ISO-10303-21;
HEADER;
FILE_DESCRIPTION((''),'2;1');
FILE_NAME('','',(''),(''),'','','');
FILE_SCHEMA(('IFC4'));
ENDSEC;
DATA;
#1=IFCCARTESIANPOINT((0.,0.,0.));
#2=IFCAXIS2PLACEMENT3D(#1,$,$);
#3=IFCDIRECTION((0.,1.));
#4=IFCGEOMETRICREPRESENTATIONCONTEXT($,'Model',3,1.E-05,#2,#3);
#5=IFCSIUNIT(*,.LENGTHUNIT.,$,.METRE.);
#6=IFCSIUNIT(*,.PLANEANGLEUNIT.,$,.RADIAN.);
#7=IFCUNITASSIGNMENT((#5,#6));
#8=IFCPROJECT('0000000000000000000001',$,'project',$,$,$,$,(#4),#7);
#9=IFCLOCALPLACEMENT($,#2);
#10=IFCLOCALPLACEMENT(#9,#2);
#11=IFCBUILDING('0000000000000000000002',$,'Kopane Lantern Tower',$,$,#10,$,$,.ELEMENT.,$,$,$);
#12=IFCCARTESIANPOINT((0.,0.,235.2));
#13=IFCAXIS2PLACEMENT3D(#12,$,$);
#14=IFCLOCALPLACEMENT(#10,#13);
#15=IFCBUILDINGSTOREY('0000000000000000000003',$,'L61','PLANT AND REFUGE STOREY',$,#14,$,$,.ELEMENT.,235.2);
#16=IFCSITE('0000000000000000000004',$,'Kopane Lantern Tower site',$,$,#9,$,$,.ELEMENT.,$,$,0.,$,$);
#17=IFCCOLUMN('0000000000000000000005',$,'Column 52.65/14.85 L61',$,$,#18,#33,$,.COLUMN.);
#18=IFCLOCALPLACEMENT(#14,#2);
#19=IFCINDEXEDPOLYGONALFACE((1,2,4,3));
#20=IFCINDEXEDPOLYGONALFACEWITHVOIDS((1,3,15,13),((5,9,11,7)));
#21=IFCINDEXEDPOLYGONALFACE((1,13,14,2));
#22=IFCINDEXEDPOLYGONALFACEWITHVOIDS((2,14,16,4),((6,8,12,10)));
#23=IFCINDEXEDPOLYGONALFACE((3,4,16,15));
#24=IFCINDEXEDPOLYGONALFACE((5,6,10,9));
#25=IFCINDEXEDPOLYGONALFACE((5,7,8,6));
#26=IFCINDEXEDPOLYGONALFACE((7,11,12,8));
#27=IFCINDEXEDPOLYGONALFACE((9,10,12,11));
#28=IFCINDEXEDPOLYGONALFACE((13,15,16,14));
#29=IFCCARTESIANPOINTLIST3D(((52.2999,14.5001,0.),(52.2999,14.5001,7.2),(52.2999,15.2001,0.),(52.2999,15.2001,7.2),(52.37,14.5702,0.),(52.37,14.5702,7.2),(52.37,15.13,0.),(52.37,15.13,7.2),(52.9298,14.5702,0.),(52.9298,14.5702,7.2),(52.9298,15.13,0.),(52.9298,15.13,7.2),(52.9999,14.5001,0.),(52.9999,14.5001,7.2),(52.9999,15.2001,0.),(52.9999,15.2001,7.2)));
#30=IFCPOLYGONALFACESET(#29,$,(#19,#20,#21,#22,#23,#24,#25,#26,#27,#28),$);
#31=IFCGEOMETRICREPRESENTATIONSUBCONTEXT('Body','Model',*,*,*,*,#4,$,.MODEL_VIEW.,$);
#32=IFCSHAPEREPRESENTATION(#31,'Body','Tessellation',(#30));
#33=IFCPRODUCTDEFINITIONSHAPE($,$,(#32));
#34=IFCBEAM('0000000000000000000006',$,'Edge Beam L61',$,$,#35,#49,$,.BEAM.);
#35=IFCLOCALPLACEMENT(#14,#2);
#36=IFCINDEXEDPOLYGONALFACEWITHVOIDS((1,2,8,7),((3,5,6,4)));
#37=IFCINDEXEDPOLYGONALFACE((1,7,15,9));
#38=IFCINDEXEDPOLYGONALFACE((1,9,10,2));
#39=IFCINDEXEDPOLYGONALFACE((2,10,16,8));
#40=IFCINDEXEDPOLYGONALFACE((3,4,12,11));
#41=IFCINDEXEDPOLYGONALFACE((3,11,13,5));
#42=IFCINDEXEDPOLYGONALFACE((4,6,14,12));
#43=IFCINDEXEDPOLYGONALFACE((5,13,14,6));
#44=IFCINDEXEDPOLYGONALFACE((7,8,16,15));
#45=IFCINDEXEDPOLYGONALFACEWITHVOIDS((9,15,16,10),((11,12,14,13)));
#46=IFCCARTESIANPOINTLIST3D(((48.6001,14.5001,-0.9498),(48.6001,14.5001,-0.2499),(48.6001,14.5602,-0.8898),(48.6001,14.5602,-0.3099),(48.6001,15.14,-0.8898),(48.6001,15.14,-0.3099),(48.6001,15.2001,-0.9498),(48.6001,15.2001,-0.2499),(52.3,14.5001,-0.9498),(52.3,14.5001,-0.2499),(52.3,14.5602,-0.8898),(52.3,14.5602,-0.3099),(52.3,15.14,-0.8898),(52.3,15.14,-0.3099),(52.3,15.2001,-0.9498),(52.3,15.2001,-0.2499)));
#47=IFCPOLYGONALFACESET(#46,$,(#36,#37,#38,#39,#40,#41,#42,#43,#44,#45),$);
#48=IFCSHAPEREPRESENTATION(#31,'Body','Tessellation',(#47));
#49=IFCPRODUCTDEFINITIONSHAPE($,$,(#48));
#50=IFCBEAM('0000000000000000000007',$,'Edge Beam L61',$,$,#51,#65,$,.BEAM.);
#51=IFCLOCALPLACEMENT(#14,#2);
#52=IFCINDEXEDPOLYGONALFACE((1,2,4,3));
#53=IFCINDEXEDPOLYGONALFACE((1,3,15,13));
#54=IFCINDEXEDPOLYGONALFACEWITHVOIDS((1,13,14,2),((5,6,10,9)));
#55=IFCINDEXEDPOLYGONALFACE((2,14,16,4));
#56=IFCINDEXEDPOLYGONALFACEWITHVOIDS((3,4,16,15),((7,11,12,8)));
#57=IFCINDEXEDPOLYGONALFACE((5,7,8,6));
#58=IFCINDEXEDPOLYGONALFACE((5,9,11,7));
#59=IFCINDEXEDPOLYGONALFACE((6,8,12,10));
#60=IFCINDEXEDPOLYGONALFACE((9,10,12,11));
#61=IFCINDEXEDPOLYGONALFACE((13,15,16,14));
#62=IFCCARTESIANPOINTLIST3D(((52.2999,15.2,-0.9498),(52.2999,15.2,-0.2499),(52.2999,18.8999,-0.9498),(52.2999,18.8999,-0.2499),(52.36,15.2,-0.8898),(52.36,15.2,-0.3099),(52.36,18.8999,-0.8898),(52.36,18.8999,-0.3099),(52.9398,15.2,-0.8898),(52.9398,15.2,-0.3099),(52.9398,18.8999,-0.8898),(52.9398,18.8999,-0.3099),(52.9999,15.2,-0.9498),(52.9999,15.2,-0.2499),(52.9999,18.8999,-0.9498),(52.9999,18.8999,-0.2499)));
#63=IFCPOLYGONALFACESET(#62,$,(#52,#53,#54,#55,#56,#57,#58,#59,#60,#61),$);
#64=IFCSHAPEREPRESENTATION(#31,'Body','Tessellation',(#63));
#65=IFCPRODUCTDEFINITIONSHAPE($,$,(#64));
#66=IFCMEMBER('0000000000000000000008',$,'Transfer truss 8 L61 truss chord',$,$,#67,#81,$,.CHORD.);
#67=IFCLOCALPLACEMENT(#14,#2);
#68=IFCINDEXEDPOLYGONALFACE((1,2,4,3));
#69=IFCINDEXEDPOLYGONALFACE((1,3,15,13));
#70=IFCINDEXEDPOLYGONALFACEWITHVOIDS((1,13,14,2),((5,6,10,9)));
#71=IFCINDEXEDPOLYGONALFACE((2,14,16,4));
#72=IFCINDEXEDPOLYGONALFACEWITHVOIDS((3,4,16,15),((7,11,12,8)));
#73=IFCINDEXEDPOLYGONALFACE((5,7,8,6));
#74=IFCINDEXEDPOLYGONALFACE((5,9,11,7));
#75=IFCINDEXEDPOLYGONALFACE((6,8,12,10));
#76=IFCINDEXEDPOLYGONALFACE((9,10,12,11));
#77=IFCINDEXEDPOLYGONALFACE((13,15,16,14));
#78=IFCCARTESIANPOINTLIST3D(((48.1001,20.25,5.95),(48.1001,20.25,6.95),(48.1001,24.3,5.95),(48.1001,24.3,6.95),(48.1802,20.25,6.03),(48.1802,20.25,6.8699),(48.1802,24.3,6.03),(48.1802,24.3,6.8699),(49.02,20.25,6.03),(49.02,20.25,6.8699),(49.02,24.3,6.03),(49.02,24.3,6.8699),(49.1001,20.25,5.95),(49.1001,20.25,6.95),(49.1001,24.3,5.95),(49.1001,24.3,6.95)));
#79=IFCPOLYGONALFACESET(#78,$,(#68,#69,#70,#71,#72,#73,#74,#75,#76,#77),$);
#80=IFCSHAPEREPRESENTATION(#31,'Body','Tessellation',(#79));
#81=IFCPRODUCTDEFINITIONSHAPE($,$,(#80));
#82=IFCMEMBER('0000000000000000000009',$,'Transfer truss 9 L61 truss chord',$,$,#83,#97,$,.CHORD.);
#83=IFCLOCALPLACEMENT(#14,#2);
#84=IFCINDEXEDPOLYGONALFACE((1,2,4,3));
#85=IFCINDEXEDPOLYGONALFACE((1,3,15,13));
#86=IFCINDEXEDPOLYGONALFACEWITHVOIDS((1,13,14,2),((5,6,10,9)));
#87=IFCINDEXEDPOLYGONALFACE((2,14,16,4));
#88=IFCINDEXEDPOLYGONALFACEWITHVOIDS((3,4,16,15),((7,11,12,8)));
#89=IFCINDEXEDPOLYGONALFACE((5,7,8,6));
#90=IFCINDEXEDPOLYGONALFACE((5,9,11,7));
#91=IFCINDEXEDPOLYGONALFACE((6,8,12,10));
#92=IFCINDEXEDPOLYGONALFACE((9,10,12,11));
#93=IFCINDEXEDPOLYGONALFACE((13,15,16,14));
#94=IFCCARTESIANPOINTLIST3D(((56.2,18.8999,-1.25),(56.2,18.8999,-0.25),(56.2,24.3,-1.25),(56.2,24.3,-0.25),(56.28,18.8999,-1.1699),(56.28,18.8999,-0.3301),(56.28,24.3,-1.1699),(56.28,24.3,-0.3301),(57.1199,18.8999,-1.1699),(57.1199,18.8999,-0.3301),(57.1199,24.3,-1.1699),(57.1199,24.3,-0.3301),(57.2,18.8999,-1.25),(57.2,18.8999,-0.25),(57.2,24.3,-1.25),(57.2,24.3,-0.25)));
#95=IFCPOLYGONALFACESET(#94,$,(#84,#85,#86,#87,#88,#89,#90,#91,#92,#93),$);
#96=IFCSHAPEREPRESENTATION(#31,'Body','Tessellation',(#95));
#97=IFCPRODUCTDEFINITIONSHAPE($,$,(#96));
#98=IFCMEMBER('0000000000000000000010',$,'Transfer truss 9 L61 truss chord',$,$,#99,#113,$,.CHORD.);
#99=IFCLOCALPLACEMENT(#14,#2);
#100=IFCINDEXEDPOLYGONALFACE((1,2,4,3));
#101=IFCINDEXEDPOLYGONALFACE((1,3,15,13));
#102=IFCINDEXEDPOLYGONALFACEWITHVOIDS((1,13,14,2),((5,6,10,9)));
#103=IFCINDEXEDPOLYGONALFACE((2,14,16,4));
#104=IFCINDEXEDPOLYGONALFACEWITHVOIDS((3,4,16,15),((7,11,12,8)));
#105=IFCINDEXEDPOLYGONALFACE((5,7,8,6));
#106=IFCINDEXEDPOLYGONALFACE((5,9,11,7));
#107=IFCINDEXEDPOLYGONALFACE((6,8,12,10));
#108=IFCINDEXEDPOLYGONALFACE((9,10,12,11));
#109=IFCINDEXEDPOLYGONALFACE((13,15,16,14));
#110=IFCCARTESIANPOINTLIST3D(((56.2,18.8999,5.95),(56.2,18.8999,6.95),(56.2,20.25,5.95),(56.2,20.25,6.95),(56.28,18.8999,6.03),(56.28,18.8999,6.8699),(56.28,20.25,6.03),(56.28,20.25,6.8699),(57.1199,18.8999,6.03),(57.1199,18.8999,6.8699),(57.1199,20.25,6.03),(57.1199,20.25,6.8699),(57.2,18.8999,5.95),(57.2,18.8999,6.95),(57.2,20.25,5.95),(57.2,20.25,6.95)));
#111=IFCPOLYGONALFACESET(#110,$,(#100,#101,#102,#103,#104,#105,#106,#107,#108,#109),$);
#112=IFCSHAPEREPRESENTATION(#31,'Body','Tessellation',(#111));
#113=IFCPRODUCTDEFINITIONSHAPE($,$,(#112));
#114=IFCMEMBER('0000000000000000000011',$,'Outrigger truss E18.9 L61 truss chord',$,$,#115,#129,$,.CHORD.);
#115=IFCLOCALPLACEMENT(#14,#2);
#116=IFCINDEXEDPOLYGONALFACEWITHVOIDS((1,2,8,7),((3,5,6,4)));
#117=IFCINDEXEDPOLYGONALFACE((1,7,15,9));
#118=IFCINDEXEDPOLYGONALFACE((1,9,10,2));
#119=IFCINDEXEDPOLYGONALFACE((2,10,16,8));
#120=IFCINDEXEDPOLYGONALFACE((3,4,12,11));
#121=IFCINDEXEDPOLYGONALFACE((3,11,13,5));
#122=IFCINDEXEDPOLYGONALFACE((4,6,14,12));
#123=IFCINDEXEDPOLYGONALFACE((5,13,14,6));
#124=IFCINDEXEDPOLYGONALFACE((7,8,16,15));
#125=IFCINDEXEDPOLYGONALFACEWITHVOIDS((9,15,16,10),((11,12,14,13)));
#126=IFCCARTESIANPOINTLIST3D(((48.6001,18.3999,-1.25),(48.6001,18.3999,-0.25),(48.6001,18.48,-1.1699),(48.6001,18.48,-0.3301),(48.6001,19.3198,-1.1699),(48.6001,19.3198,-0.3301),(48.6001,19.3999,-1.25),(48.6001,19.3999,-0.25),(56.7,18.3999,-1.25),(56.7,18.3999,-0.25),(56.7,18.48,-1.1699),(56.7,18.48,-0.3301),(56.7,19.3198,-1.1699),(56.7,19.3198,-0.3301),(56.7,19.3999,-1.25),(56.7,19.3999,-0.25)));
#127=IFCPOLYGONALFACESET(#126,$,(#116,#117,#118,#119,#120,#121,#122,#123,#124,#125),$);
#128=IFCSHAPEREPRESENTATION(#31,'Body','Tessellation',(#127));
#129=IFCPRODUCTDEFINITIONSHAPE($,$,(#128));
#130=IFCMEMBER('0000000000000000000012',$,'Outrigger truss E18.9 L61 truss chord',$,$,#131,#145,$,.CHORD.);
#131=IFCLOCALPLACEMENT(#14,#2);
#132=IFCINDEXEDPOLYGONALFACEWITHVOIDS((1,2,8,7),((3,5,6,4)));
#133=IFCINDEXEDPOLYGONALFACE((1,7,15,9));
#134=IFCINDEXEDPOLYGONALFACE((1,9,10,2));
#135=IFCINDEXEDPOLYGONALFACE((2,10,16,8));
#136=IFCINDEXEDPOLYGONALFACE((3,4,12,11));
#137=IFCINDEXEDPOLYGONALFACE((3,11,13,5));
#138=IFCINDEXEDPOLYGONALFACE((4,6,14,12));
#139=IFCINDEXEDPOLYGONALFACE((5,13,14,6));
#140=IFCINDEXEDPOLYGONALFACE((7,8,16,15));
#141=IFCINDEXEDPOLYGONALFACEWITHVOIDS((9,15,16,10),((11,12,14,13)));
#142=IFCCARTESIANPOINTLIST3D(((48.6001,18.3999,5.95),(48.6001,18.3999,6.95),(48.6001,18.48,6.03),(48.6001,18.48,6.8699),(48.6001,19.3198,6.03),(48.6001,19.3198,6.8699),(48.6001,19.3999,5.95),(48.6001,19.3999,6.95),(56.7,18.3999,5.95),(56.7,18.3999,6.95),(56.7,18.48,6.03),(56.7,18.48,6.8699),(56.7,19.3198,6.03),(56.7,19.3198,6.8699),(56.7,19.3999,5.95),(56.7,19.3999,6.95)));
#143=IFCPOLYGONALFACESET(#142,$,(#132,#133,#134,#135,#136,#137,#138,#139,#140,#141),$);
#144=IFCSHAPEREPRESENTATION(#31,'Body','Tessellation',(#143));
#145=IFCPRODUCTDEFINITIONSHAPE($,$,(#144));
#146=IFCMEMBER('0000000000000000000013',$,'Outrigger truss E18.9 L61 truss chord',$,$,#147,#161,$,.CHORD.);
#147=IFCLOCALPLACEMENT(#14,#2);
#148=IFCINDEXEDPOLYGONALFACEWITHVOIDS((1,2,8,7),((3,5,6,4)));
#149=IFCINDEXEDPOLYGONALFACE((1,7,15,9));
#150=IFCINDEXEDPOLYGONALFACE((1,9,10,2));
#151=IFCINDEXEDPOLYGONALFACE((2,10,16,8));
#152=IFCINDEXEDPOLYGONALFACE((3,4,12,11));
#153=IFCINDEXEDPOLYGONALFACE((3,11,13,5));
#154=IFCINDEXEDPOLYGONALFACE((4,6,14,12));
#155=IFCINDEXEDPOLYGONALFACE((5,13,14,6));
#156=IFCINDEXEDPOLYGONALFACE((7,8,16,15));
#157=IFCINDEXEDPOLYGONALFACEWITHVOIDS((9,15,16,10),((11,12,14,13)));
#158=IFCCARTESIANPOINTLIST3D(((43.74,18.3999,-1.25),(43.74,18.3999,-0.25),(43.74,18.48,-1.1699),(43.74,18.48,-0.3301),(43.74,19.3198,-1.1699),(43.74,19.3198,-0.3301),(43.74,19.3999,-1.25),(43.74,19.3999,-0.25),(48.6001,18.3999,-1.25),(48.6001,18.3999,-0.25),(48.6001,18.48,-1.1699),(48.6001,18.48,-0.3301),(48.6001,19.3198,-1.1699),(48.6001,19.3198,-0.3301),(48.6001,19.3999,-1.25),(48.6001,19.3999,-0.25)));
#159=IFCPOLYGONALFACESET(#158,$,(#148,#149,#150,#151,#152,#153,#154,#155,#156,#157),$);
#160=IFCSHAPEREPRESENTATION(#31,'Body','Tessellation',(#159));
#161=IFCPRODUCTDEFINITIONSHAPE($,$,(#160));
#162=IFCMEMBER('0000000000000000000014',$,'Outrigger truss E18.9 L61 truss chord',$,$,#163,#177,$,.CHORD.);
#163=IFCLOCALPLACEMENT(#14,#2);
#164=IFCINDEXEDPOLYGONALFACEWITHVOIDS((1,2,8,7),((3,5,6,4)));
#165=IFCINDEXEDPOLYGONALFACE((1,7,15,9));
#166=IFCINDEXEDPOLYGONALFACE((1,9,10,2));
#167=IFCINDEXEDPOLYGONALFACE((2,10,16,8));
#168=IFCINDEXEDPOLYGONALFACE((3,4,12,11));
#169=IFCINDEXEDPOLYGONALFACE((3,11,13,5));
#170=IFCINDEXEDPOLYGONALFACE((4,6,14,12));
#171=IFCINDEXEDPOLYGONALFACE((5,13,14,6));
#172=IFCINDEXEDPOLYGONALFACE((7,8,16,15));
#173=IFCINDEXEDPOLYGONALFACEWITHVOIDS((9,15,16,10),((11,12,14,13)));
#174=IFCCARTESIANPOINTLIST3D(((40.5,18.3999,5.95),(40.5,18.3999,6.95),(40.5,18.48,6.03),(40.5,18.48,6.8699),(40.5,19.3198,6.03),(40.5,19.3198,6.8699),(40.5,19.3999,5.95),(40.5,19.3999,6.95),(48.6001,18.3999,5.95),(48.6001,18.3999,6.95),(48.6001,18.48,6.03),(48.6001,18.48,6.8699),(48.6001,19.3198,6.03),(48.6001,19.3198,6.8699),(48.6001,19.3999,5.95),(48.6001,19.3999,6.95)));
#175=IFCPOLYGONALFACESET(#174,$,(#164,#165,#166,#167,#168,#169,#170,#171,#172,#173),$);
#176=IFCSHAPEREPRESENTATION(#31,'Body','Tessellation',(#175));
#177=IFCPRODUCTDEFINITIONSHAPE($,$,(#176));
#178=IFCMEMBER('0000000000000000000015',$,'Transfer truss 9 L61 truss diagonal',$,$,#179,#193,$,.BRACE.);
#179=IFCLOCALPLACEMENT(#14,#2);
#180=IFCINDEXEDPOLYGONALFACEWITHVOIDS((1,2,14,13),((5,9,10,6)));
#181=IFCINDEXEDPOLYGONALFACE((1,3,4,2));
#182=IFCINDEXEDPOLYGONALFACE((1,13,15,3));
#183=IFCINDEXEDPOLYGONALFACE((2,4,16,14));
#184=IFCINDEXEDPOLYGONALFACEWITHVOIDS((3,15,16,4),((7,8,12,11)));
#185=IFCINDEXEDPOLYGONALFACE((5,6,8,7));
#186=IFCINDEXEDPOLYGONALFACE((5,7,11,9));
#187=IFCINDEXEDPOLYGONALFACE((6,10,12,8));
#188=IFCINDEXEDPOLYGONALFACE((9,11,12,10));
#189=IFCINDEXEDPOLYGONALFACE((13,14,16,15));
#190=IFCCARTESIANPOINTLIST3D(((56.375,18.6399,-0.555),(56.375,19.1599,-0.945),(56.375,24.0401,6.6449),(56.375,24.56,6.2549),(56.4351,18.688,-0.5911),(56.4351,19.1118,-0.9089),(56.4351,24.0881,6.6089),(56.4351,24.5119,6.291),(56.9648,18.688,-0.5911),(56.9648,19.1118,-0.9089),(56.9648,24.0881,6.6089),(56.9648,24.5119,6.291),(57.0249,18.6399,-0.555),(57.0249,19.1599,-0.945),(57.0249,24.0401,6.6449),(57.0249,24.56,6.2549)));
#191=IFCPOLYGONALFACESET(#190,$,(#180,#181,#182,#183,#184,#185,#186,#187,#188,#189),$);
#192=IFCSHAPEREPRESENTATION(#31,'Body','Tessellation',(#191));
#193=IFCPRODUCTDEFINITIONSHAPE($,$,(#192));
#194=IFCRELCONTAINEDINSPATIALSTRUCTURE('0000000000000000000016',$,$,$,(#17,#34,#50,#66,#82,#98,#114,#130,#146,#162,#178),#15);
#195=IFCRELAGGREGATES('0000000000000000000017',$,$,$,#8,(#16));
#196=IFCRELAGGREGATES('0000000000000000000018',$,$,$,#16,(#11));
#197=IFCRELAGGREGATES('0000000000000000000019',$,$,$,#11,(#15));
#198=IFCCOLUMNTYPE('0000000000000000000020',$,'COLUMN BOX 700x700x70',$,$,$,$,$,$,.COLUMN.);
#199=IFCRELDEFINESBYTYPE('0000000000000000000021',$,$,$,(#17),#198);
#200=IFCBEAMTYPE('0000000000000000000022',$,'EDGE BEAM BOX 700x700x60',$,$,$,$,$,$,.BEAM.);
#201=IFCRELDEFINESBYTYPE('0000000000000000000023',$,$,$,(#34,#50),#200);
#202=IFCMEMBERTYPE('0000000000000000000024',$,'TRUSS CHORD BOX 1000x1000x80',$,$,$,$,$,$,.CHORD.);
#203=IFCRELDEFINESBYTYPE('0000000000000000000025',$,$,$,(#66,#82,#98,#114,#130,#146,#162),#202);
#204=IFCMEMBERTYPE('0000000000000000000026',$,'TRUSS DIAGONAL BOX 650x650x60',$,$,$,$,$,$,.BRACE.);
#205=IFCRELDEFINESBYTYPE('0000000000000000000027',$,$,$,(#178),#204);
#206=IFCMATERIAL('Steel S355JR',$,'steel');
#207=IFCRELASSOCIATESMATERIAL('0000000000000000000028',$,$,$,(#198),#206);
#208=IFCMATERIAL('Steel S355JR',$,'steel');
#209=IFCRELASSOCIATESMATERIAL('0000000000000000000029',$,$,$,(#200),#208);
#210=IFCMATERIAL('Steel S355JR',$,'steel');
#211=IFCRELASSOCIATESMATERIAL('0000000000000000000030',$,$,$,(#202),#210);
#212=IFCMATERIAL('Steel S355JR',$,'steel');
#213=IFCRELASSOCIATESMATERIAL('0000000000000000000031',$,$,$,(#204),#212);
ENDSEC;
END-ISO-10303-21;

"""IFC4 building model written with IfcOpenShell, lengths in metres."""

from ifc_helpers import new_model, si_unit, direction, frame, origin, origin_2d, place, context, subcontext, project, spatial, hollow_rectangle, extrude, material, material_profile, profile_set, type_object, element, save


model = new_model("IFC4")

# Units and contexts
model_context = context("Model", 3, precision=1e-05, world=origin(), true_north=direction((0.0, 1.0)))
body_context = subcontext(model_context, "Body", "Model", "MODEL_VIEW")
ifc_project = project(units=[si_unit("LENGTHUNIT", "METRE"), si_unit("PLANEANGLEUNIT", "RADIAN")], contexts=[model_context])

# Site, building, storey
site_placement = place(None, origin())
site = spatial("IfcSite", under=ifc_project, at=site_placement, Name="Kopane Lantern Tower site", CompositionType="ELEMENT", RefElevation=0.0)
building_placement = place(site_placement, origin())
building = spatial("IfcBuilding", under=site, at=building_placement, Name="Kopane Lantern Tower", CompositionType="ELEMENT")
storey_placement = place(building_placement, frame((0.0, 0.0, 235.2)))
storey = spatial("IfcBuildingStorey", under=building, at=storey_placement, Name="L61", Description="PLANT AND REFUGE STOREY", CompositionType="ELEMENT", Elevation=235.2)

# Column
ifc_material_1 = material(Name="Steel S355JR", Category="steel")
ifc_material_profile_1 = material_profile(ifc_material_1, hollow_rectangle(XDim=0.7, YDim=0.7, WallThickness=0.0701, at=origin_2d()), Name="BOX 700x700x70")
ifc_profile_set_1 = profile_set([ifc_material_profile_1], Name="Steel S355JR")
column_type = type_object("IfcColumnType", Name="COLUMN BOX 700x700x70", PredefinedType="COLUMN", material=ifc_profile_set_1)
column_placement = place(storey_placement, frame((52.6499, 14.8501, 0.0), z_axis=(0.0, 0.0, 1.0), x_axis=(1.0, 0.0, 0.0)))
element("IfcColumn", 1, at=column_placement, inside=storey, type_object=column_type, Name="Column 52.65/14.85 L61", PredefinedType="COLUMN", context=body_context, shape_type="SweptSolid", body=[
    extrude(hollow_rectangle(XDim=0.7, YDim=0.7, WallThickness=0.0701, at=origin_2d()), origin(), (0.0, 0.0, 1.0), 7.2),
])

# Beams
ifc_material_2 = material(Name="Steel S355JR", Category="steel")
ifc_material_profile_2 = material_profile(ifc_material_2, hollow_rectangle(XDim=0.7, YDim=0.7, WallThickness=0.0601, at=origin_2d()), Name="BOX 700x700x60")
ifc_profile_set_2 = profile_set([ifc_material_profile_2], Name="Steel S355JR")
beam_type = type_object("IfcBeamType", Name="EDGE BEAM BOX 700x700x60", PredefinedType="BEAM", material=ifc_profile_set_2)
for number, where, z_axis, x_axis, name in (
    (2, (52.3, 14.8501, -0.5999), (-1.0, 0.0, 0.0), (0.0, -1.0, 0.0), "Edge Beam L61"),
    (3, (52.6499, 15.2, -0.5999), (0.0, 1.0, 0.0), (-1.0, 0.0, 0.0), "Edge Beam L61"),
):
    element("IfcBeam", number, at=place(storey_placement, frame(where, z_axis=z_axis, x_axis=x_axis)), inside=storey, type_object=beam_type, Name=name, PredefinedType="BEAM", context=body_context, shape_type="SweptSolid", body=[
        extrude(hollow_rectangle(XDim=0.7, YDim=0.7, WallThickness=0.0601, at=origin_2d()), origin(), (0.0, 0.0, 1.0), 3.7),
    ])

# Members
ifc_material_3 = material(Name="Steel S355JR", Category="steel")
ifc_material_profile_3 = material_profile(ifc_material_3, hollow_rectangle(XDim=1.0, YDim=1.0, WallThickness=0.0801, at=origin_2d()), Name="BOX 1000x1000x80")
ifc_profile_set_3 = profile_set([ifc_material_profile_3], Name="Steel S355JR")
member_type_1 = type_object("IfcMemberType", Name="TRUSS CHORD BOX 1000x1000x80", PredefinedType="CHORD", material=ifc_profile_set_3)
member_1_placement = place(storey_placement, frame((48.6001, 20.25, 6.45), z_axis=(0.0, 1.0, 0.0), x_axis=(-1.0, 0.0, 0.0)))
element("IfcMember", 4, at=member_1_placement, inside=storey, type_object=member_type_1, Name="Transfer truss 8 L61 truss chord", PredefinedType="CHORD", context=body_context, shape_type="SweptSolid", body=[
    extrude(hollow_rectangle(XDim=1.0, YDim=1.0, WallThickness=0.0801, at=origin_2d()), origin(), (0.0, 0.0, 1.0), 4.05),
])
member_2_placement = place(storey_placement, frame((56.7, 18.8999, -0.75), z_axis=(0.0, 1.0, 0.0), x_axis=(-1.0, 0.0, 0.0)))
element("IfcMember", 5, at=member_2_placement, inside=storey, type_object=member_type_1, Name="Transfer truss 9 L61 truss chord", PredefinedType="CHORD", context=body_context, shape_type="SweptSolid", body=[
    extrude(hollow_rectangle(XDim=1.0, YDim=1.0, WallThickness=0.0801, at=origin_2d()), origin(), (0.0, 0.0, 1.0), 5.4001),
])
member_3_placement = place(storey_placement, frame((56.7, 18.8999, 6.45), z_axis=(0.0, 1.0, 0.0), x_axis=(-1.0, 0.0, 0.0)))
element("IfcMember", 6, at=member_3_placement, inside=storey, type_object=member_type_1, Name="Transfer truss 9 L61 truss chord", PredefinedType="CHORD", context=body_context, shape_type="SweptSolid", body=[
    extrude(hollow_rectangle(XDim=1.0, YDim=1.0, WallThickness=0.0801, at=origin_2d()), origin(), (0.0, 0.0, 1.0), 1.3501),
])
for number, where, z_axis, x_axis, name in (
    (7, (56.7, 18.8999, -0.75), (-1.0, 0.0, 0.0), (0.0, -1.0, 0.0), "Outrigger truss E18.9 L61 truss chord"),
    (8, (56.7, 18.8999, 6.45), (-1.0, 0.0, 0.0), (0.0, -1.0, 0.0), "Outrigger truss E18.9 L61 truss chord"),
):
    element("IfcMember", number, at=place(storey_placement, frame(where, z_axis=z_axis, x_axis=x_axis)), inside=storey, type_object=member_type_1, Name=name, PredefinedType="CHORD", context=body_context, shape_type="SweptSolid", body=[
        extrude(hollow_rectangle(XDim=1.0, YDim=1.0, WallThickness=0.0801, at=origin_2d()), origin(), (0.0, 0.0, 1.0), 8.0999),
    ])
member_4_placement = place(storey_placement, frame((48.6001, 18.8999, -0.75), z_axis=(-1.0, 0.0, 0.0), x_axis=(0.0, -1.0, 0.0)))
element("IfcMember", 9, at=member_4_placement, inside=storey, type_object=member_type_1, Name="Outrigger truss E18.9 L61 truss chord", PredefinedType="CHORD", context=body_context, shape_type="SweptSolid", body=[
    extrude(hollow_rectangle(XDim=1.0, YDim=1.0, WallThickness=0.0801, at=origin_2d()), origin(), (0.0, 0.0, 1.0), 4.8601),
])
member_5_placement = place(storey_placement, frame((48.6001, 18.8999, 6.45), z_axis=(-1.0, 0.0, 0.0), x_axis=(0.0, -1.0, 0.0)))
element("IfcMember", 10, at=member_5_placement, inside=storey, type_object=member_type_1, Name="Outrigger truss E18.9 L61 truss chord", PredefinedType="CHORD", context=body_context, shape_type="SweptSolid", body=[
    extrude(hollow_rectangle(XDim=1.0, YDim=1.0, WallThickness=0.0801, at=origin_2d()), origin(), (0.0, 0.0, 1.0), 8.1001),
])
ifc_material_4 = material(Name="Steel S355JR", Category="steel")
ifc_material_profile_4 = material_profile(ifc_material_4, hollow_rectangle(XDim=0.6499, YDim=0.6499, WallThickness=0.0601, at=origin_2d()), Name="BOX 650x650x60")
ifc_profile_set_4 = profile_set([ifc_material_profile_4], Name="Steel S355JR")
member_type_2 = type_object("IfcMemberType", Name="TRUSS DIAGONAL BOX 650x650x60", PredefinedType="BRACE", material=ifc_profile_set_4)
member_6_placement = place(storey_placement, frame((56.7, 18.8999, -0.75), z_axis=(0.0, 0.600013, 0.79999), x_axis=(-1.0, 0.0, 0.0)))
element("IfcMember", 11, at=member_6_placement, inside=storey, type_object=member_type_2, Name="Transfer truss 9 L61 truss diagonal", PredefinedType="BRACE", context=body_context, shape_type="SweptSolid", body=[
    extrude(hollow_rectangle(XDim=0.6499, YDim=0.6499, WallThickness=0.0601, at=origin_2d()), origin(), (0.0, 0.0, 1.0), 9.0),
])

save(model, "model.ifc")
